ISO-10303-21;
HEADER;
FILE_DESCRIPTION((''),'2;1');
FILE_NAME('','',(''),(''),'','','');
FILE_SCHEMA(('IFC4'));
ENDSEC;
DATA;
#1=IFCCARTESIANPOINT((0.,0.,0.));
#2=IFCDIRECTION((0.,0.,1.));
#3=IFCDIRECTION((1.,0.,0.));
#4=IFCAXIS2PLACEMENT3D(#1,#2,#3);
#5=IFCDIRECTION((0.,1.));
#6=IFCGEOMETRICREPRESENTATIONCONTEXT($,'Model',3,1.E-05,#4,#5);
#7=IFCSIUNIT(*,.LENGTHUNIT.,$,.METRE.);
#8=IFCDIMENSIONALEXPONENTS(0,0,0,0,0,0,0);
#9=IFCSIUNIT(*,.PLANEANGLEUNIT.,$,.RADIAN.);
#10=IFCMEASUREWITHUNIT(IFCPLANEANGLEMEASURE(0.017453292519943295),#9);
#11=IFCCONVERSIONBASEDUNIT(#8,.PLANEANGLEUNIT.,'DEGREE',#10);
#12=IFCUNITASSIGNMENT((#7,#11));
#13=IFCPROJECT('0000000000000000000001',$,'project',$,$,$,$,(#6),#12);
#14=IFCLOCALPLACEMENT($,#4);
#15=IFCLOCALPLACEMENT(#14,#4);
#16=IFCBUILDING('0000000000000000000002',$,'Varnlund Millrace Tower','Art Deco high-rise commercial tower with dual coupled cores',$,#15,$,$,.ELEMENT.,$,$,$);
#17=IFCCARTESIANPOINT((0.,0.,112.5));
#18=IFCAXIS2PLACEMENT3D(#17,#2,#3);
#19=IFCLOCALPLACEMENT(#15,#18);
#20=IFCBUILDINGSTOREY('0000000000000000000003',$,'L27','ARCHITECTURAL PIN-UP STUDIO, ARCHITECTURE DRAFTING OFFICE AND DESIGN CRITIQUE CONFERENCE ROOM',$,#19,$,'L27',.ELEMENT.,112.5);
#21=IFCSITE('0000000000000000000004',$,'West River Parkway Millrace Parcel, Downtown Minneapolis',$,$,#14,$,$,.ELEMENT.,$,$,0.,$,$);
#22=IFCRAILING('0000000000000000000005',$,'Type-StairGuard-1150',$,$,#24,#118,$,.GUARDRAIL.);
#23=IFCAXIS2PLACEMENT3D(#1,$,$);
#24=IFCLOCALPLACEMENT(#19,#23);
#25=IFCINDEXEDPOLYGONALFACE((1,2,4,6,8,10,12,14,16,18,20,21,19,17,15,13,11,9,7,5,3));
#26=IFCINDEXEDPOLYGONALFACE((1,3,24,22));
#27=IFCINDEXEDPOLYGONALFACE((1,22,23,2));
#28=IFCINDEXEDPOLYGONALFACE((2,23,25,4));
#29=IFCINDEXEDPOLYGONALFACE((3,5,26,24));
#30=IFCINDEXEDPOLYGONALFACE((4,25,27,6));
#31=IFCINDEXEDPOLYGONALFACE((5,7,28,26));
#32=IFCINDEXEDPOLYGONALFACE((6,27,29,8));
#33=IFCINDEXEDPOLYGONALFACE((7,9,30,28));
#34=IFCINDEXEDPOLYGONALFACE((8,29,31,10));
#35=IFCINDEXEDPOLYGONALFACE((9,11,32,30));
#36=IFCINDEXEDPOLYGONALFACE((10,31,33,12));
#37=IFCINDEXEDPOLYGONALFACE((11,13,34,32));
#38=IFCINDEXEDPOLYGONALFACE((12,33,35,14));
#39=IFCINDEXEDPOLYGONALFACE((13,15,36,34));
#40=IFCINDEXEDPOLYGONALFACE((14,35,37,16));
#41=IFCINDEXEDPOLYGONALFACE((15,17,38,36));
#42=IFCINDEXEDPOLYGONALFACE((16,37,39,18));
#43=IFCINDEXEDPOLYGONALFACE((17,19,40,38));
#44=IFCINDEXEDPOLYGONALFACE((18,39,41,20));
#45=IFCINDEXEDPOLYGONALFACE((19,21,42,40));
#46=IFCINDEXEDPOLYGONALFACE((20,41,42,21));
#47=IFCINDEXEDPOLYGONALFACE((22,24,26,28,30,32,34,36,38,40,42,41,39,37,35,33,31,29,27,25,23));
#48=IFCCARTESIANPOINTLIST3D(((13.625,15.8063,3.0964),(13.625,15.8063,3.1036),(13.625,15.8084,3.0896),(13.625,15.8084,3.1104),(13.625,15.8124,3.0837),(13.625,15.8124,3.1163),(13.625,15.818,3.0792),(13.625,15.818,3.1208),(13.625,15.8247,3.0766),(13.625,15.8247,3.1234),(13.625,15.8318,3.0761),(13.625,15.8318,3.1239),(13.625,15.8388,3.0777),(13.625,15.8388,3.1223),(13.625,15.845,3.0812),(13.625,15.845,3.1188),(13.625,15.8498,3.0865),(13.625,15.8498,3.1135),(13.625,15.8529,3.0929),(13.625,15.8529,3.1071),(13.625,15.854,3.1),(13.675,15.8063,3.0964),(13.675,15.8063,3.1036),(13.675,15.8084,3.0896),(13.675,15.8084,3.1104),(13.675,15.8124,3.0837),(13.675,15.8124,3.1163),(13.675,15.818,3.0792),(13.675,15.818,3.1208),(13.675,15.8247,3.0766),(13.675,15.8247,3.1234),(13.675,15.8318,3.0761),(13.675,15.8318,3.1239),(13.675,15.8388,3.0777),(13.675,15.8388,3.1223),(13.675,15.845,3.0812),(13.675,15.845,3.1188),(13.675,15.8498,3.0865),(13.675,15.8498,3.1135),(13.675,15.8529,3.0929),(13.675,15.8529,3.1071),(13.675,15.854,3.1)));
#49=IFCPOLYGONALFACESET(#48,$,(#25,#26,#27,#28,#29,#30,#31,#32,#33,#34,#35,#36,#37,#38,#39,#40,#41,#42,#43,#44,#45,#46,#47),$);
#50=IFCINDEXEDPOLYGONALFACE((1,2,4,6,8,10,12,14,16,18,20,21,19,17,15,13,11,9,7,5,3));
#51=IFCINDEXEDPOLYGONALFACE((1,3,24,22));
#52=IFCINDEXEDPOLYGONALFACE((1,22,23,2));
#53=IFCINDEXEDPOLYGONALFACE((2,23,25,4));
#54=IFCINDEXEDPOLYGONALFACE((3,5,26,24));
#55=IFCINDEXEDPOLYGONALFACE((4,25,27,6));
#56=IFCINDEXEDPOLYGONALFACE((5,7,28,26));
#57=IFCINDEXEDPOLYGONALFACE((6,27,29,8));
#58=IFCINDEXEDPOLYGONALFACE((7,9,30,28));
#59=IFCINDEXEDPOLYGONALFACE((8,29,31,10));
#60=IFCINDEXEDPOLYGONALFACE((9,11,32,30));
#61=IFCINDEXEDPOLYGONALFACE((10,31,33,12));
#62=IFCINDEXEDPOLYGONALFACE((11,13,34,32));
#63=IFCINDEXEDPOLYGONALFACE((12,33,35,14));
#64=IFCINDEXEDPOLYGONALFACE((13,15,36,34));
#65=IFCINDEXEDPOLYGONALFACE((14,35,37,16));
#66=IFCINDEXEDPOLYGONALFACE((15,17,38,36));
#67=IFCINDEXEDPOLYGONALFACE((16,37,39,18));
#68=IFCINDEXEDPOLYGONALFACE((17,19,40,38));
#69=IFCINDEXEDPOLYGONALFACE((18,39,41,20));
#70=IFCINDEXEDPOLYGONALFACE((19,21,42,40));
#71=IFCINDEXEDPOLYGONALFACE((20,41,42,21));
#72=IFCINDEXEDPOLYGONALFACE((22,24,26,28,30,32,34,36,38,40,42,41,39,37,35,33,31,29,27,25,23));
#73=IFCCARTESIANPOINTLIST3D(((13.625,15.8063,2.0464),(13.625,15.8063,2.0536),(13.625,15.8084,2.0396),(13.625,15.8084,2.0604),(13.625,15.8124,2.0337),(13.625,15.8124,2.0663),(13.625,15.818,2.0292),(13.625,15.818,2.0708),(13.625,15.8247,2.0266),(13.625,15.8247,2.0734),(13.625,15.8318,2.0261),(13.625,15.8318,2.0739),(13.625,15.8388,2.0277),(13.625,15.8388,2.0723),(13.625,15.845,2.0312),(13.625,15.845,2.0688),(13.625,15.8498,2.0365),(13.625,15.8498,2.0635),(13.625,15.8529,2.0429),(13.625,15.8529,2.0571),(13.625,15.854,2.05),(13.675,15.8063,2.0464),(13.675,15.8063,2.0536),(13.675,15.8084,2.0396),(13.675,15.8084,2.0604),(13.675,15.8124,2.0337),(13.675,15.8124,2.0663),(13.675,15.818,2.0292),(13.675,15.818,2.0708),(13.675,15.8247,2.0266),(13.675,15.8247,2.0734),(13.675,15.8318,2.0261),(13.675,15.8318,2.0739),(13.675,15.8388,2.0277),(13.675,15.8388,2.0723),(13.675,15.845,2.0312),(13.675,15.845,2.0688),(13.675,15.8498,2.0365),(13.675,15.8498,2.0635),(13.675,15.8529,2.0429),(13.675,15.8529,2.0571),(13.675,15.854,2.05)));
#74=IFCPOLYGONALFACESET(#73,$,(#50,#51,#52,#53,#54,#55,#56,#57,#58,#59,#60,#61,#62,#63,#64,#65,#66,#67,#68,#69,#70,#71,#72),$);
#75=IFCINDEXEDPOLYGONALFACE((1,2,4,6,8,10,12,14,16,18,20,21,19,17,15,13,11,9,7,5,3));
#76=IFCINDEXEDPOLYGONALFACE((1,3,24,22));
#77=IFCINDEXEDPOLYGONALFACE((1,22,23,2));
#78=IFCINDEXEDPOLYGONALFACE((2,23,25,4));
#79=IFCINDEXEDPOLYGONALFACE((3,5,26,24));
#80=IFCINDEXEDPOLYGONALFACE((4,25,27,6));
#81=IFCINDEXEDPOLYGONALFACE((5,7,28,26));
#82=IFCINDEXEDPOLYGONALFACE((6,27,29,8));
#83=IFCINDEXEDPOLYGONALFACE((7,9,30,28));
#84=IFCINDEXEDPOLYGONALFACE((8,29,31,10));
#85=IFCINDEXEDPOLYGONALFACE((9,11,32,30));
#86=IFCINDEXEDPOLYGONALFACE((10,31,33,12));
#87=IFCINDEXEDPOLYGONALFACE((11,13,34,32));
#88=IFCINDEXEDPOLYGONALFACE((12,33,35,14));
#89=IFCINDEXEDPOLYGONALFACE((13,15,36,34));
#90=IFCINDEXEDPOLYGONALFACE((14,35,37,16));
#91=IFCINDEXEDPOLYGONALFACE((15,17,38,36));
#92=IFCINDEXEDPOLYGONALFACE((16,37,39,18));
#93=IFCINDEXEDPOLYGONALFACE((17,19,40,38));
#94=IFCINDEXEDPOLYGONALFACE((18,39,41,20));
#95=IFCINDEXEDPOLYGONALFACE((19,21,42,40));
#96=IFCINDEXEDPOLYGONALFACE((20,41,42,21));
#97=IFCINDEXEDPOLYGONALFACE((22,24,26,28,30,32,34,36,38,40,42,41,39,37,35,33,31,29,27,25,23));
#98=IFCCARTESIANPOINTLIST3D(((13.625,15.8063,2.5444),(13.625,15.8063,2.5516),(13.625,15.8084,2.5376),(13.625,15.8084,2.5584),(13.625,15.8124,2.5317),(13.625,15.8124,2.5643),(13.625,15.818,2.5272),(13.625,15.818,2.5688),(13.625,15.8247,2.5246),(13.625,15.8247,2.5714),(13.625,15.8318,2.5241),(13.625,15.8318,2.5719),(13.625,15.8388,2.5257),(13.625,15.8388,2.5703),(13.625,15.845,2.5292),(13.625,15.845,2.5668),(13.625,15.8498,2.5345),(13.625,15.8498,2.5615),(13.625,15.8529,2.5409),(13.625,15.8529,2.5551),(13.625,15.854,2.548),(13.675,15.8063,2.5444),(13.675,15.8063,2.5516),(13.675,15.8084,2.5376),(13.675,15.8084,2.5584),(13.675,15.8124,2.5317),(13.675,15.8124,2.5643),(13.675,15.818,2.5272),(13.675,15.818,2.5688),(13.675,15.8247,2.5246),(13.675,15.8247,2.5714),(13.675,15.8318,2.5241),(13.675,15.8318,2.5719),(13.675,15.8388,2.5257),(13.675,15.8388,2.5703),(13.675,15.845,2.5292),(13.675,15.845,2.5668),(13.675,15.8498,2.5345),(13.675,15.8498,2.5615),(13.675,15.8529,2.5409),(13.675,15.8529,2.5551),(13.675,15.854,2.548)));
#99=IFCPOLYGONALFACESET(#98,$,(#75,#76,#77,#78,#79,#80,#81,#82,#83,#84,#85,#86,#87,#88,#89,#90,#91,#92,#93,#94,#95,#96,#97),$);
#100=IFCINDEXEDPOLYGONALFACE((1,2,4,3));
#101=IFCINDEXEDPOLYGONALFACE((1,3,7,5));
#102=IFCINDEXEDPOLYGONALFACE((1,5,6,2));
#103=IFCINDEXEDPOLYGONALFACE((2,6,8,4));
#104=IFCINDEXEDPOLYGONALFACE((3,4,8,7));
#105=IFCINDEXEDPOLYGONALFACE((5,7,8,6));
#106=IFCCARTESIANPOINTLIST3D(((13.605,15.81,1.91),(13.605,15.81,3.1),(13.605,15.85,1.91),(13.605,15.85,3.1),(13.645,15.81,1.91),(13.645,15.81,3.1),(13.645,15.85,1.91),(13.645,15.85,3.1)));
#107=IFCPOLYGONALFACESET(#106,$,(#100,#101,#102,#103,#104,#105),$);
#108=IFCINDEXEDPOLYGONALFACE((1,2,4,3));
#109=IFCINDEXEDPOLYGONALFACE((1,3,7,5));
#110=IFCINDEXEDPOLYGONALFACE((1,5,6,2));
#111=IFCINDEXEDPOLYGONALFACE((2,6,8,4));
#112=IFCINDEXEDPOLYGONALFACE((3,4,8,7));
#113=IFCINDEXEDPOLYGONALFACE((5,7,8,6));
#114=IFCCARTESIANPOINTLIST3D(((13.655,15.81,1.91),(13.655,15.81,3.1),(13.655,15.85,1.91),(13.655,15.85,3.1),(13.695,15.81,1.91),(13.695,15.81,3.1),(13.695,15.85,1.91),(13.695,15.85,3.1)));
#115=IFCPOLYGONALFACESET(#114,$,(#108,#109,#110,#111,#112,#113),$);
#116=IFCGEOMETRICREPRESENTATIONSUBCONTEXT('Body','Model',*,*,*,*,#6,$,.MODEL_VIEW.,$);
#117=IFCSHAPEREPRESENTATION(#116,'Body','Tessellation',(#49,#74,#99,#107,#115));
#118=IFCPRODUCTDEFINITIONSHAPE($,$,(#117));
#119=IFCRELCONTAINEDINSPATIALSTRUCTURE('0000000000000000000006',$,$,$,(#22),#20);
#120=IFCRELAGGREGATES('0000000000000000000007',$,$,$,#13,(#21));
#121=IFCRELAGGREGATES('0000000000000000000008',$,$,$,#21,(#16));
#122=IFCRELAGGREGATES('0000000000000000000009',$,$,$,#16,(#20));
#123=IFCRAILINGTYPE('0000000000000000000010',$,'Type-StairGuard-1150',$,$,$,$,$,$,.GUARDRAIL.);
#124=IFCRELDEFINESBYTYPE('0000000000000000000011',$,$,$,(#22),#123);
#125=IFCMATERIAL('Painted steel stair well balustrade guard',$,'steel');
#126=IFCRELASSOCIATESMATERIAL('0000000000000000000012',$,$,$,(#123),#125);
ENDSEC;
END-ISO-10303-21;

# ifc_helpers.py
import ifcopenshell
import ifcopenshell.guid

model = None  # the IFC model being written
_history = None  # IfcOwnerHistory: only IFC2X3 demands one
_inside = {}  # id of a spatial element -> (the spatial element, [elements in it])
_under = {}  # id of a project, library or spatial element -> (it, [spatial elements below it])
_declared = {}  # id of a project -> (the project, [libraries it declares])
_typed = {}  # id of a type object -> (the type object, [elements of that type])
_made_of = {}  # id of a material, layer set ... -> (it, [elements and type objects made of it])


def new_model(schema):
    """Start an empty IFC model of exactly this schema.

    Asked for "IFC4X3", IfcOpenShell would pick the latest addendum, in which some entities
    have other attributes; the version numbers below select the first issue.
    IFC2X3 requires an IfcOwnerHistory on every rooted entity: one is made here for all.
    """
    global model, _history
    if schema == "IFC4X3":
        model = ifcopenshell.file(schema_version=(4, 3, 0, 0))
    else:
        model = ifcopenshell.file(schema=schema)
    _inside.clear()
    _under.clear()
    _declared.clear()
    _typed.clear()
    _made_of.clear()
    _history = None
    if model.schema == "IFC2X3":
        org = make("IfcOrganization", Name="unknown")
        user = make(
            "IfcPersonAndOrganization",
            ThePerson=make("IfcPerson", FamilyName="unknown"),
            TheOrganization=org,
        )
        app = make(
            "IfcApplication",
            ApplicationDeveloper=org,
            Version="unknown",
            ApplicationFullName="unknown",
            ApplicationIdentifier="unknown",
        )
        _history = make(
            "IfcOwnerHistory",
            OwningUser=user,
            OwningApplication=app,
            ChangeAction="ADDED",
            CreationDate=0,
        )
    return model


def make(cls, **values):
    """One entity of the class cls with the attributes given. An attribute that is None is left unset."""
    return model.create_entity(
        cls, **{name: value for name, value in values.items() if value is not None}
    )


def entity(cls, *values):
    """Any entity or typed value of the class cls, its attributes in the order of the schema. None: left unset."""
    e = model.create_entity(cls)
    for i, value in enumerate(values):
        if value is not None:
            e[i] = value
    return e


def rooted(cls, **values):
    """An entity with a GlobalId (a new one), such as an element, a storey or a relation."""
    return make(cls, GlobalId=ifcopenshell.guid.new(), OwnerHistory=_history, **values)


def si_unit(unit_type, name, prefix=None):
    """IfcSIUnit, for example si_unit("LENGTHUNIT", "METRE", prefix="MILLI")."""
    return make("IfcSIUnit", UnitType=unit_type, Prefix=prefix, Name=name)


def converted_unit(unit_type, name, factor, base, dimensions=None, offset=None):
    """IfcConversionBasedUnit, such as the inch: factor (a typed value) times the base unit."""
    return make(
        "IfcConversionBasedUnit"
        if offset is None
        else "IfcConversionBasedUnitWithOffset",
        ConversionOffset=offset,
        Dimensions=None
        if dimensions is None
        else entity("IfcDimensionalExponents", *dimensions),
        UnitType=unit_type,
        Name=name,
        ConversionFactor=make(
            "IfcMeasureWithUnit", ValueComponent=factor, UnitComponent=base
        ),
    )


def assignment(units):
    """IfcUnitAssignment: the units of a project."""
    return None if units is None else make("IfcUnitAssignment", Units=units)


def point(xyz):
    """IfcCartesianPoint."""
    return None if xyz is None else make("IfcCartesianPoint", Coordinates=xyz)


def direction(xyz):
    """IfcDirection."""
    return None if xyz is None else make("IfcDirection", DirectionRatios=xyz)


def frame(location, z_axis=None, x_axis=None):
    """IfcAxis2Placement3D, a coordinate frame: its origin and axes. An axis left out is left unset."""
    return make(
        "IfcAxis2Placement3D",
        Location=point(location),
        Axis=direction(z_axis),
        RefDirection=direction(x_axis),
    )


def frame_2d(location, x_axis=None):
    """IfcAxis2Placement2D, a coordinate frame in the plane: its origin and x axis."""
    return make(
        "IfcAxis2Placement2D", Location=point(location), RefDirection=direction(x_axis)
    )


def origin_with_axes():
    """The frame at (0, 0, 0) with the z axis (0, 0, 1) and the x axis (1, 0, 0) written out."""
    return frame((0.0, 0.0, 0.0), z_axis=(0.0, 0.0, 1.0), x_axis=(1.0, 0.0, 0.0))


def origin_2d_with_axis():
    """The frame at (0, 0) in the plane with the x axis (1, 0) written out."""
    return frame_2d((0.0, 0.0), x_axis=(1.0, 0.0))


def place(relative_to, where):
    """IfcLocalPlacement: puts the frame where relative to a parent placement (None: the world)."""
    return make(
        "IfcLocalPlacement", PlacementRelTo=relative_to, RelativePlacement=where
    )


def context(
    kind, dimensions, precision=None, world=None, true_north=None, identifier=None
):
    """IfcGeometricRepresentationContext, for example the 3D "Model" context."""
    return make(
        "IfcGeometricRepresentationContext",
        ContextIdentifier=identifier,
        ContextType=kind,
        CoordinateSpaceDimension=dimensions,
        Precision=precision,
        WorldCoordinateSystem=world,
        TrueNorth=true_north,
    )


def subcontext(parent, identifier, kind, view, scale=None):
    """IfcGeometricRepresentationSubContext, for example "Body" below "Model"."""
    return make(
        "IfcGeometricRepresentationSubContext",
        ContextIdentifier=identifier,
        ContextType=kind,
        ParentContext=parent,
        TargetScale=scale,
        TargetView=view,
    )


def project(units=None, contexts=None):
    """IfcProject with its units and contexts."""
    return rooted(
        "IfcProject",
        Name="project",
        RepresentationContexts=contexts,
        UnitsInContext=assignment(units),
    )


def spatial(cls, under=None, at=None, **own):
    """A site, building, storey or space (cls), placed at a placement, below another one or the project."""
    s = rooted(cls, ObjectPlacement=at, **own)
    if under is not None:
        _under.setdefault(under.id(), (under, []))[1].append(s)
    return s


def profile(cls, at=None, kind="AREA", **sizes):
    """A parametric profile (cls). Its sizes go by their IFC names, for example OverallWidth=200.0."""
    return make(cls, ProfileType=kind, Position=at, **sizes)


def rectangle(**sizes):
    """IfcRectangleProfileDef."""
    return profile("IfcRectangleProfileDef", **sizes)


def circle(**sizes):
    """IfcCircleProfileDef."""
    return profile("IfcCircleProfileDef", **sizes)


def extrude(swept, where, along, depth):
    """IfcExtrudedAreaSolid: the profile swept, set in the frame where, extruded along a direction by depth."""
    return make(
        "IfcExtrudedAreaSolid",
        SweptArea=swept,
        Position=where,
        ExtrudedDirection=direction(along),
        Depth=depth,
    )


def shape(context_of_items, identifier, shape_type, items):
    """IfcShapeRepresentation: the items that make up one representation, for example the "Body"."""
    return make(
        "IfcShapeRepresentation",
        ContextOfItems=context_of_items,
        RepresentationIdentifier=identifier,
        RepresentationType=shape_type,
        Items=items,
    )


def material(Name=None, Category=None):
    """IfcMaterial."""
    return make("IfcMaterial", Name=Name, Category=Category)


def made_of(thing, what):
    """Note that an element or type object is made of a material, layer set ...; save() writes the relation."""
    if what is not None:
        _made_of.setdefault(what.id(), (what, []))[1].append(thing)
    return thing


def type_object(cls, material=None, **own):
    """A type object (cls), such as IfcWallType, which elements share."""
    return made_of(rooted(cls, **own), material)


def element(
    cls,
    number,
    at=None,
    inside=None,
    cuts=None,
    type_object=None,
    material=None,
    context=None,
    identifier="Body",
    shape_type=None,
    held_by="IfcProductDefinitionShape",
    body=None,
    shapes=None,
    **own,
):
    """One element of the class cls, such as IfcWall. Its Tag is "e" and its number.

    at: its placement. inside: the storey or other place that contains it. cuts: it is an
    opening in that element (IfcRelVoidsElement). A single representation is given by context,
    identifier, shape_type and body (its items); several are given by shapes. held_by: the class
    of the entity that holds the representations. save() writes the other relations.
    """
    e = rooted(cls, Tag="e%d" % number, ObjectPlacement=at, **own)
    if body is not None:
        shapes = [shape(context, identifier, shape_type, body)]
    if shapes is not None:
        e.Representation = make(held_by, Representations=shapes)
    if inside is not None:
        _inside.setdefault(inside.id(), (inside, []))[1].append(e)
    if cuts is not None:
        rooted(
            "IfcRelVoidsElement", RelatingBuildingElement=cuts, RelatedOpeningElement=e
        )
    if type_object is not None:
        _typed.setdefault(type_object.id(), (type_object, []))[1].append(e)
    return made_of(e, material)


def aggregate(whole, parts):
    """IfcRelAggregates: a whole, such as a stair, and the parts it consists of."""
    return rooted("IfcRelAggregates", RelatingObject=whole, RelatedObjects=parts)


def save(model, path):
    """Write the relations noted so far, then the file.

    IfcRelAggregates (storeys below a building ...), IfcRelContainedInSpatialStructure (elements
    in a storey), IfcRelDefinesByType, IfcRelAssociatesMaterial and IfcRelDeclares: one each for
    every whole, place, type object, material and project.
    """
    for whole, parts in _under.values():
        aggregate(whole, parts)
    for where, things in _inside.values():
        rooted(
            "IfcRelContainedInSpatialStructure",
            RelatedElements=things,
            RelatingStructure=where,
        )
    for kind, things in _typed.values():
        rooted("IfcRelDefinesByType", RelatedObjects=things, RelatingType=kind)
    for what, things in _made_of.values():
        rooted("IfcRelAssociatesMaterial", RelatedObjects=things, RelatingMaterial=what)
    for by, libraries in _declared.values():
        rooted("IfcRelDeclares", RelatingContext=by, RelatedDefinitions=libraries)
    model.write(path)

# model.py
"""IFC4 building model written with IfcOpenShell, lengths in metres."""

from ifc_helpers import new_model, entity, si_unit, converted_unit, direction, frame, origin_with_axes, origin_2d_with_axis, place, context, subcontext, project, spatial, rectangle, circle, extrude, material, type_object, element, save


model = new_model("IFC4")

# Units and contexts
model_context = context("Model", 3, precision=1e-05, world=origin_with_axes(), true_north=direction((0.0, 1.0)))
body_context = subcontext(model_context, "Body", "Model", "MODEL_VIEW")
ifc_project = project(units=[si_unit("LENGTHUNIT", "METRE"), converted_unit("PLANEANGLEUNIT", "DEGREE", entity("IfcPlaneAngleMeasure", 0.017453292519943295), si_unit("PLANEANGLEUNIT", "RADIAN"), dimensions=[0, 0, 0, 0, 0, 0, 0])], contexts=[model_context])

# Site, building, storey
site_placement = place(None, origin_with_axes())
site = spatial("IfcSite", under=ifc_project, at=site_placement, Name="West River Parkway Millrace Parcel, Downtown Minneapolis", CompositionType="ELEMENT", RefElevation=0.0)
building_placement = place(site_placement, origin_with_axes())
building = spatial("IfcBuilding", under=site, at=building_placement, Name="Varnlund Millrace Tower", Description="Art Deco high-rise commercial tower with dual coupled cores", CompositionType="ELEMENT")
storey_placement = place(building_placement, frame((0.0, 0.0, 112.5), z_axis=(0.0, 0.0, 1.0), x_axis=(1.0, 0.0, 0.0)))
storey = spatial("IfcBuildingStorey", under=building, at=storey_placement, Name="L27", Description="ARCHITECTURAL PIN-UP STUDIO, ARCHITECTURE DRAFTING OFFICE AND DESIGN CRITIQUE CONFERENCE ROOM", LongName="L27", CompositionType="ELEMENT", Elevation=112.5)

# Railing
ifc_material_1 = material(Name="Painted steel stair well balustrade guard", Category="steel")
railing_type_1 = type_object("IfcRailingType", Name="Type-StairGuard-1150", PredefinedType="GUARDRAIL", material=ifc_material_1)
railing_1_placement = place(storey_placement, frame((0.0, 0.0, -112.5), z_axis=(0.0, 0.0, 1.0), x_axis=(1.0, 0.0, 0.0)))
element("IfcRailing", 1, at=railing_1_placement, inside=storey, type_object=railing_type_1, Name="Type-StairGuard-1150", PredefinedType="GUARDRAIL", context=body_context, shape_type="SweptSolid", body=[
    extrude(circle(Radius=0.024, at=origin_2d_with_axis()), frame((13.625, 15.83, 115.6), z_axis=(1.0, 0.0, 0.0), x_axis=(0.0, 1.0, 0.0)), (0.0, 0.0, 1.0), 0.05),
    extrude(circle(Radius=0.024, at=origin_2d_with_axis()), frame((13.625, 15.83, 114.55), z_axis=(1.0, 0.0, 0.0), x_axis=(0.0, 1.0, 0.0)), (0.0, 0.0, 1.0), 0.05),
    extrude(circle(Radius=0.024, at=origin_2d_with_axis()), frame((13.625, 15.83, 115.048), z_axis=(1.0, 0.0, 0.0), x_axis=(0.0, 1.0, 0.0)), (0.0, 0.0, 1.0), 0.05),
    extrude(rectangle(XDim=0.04, YDim=0.04, at=origin_2d_with_axis()), frame((13.625, 15.83, 114.41), z_axis=(0.0, 0.0, 1.0), x_axis=(1.0, 0.0, 0.0)), (0.0, 0.0, 1.0), 1.19),
    extrude(rectangle(XDim=0.04, YDim=0.04, at=origin_2d_with_axis()), frame((13.675, 15.83, 114.41), z_axis=(0.0, 0.0, 1.0), x_axis=(1.0, 0.0, 0.0)), (0.0, 0.0, 1.0), 1.19),
])

save(model, "model.ifc")
